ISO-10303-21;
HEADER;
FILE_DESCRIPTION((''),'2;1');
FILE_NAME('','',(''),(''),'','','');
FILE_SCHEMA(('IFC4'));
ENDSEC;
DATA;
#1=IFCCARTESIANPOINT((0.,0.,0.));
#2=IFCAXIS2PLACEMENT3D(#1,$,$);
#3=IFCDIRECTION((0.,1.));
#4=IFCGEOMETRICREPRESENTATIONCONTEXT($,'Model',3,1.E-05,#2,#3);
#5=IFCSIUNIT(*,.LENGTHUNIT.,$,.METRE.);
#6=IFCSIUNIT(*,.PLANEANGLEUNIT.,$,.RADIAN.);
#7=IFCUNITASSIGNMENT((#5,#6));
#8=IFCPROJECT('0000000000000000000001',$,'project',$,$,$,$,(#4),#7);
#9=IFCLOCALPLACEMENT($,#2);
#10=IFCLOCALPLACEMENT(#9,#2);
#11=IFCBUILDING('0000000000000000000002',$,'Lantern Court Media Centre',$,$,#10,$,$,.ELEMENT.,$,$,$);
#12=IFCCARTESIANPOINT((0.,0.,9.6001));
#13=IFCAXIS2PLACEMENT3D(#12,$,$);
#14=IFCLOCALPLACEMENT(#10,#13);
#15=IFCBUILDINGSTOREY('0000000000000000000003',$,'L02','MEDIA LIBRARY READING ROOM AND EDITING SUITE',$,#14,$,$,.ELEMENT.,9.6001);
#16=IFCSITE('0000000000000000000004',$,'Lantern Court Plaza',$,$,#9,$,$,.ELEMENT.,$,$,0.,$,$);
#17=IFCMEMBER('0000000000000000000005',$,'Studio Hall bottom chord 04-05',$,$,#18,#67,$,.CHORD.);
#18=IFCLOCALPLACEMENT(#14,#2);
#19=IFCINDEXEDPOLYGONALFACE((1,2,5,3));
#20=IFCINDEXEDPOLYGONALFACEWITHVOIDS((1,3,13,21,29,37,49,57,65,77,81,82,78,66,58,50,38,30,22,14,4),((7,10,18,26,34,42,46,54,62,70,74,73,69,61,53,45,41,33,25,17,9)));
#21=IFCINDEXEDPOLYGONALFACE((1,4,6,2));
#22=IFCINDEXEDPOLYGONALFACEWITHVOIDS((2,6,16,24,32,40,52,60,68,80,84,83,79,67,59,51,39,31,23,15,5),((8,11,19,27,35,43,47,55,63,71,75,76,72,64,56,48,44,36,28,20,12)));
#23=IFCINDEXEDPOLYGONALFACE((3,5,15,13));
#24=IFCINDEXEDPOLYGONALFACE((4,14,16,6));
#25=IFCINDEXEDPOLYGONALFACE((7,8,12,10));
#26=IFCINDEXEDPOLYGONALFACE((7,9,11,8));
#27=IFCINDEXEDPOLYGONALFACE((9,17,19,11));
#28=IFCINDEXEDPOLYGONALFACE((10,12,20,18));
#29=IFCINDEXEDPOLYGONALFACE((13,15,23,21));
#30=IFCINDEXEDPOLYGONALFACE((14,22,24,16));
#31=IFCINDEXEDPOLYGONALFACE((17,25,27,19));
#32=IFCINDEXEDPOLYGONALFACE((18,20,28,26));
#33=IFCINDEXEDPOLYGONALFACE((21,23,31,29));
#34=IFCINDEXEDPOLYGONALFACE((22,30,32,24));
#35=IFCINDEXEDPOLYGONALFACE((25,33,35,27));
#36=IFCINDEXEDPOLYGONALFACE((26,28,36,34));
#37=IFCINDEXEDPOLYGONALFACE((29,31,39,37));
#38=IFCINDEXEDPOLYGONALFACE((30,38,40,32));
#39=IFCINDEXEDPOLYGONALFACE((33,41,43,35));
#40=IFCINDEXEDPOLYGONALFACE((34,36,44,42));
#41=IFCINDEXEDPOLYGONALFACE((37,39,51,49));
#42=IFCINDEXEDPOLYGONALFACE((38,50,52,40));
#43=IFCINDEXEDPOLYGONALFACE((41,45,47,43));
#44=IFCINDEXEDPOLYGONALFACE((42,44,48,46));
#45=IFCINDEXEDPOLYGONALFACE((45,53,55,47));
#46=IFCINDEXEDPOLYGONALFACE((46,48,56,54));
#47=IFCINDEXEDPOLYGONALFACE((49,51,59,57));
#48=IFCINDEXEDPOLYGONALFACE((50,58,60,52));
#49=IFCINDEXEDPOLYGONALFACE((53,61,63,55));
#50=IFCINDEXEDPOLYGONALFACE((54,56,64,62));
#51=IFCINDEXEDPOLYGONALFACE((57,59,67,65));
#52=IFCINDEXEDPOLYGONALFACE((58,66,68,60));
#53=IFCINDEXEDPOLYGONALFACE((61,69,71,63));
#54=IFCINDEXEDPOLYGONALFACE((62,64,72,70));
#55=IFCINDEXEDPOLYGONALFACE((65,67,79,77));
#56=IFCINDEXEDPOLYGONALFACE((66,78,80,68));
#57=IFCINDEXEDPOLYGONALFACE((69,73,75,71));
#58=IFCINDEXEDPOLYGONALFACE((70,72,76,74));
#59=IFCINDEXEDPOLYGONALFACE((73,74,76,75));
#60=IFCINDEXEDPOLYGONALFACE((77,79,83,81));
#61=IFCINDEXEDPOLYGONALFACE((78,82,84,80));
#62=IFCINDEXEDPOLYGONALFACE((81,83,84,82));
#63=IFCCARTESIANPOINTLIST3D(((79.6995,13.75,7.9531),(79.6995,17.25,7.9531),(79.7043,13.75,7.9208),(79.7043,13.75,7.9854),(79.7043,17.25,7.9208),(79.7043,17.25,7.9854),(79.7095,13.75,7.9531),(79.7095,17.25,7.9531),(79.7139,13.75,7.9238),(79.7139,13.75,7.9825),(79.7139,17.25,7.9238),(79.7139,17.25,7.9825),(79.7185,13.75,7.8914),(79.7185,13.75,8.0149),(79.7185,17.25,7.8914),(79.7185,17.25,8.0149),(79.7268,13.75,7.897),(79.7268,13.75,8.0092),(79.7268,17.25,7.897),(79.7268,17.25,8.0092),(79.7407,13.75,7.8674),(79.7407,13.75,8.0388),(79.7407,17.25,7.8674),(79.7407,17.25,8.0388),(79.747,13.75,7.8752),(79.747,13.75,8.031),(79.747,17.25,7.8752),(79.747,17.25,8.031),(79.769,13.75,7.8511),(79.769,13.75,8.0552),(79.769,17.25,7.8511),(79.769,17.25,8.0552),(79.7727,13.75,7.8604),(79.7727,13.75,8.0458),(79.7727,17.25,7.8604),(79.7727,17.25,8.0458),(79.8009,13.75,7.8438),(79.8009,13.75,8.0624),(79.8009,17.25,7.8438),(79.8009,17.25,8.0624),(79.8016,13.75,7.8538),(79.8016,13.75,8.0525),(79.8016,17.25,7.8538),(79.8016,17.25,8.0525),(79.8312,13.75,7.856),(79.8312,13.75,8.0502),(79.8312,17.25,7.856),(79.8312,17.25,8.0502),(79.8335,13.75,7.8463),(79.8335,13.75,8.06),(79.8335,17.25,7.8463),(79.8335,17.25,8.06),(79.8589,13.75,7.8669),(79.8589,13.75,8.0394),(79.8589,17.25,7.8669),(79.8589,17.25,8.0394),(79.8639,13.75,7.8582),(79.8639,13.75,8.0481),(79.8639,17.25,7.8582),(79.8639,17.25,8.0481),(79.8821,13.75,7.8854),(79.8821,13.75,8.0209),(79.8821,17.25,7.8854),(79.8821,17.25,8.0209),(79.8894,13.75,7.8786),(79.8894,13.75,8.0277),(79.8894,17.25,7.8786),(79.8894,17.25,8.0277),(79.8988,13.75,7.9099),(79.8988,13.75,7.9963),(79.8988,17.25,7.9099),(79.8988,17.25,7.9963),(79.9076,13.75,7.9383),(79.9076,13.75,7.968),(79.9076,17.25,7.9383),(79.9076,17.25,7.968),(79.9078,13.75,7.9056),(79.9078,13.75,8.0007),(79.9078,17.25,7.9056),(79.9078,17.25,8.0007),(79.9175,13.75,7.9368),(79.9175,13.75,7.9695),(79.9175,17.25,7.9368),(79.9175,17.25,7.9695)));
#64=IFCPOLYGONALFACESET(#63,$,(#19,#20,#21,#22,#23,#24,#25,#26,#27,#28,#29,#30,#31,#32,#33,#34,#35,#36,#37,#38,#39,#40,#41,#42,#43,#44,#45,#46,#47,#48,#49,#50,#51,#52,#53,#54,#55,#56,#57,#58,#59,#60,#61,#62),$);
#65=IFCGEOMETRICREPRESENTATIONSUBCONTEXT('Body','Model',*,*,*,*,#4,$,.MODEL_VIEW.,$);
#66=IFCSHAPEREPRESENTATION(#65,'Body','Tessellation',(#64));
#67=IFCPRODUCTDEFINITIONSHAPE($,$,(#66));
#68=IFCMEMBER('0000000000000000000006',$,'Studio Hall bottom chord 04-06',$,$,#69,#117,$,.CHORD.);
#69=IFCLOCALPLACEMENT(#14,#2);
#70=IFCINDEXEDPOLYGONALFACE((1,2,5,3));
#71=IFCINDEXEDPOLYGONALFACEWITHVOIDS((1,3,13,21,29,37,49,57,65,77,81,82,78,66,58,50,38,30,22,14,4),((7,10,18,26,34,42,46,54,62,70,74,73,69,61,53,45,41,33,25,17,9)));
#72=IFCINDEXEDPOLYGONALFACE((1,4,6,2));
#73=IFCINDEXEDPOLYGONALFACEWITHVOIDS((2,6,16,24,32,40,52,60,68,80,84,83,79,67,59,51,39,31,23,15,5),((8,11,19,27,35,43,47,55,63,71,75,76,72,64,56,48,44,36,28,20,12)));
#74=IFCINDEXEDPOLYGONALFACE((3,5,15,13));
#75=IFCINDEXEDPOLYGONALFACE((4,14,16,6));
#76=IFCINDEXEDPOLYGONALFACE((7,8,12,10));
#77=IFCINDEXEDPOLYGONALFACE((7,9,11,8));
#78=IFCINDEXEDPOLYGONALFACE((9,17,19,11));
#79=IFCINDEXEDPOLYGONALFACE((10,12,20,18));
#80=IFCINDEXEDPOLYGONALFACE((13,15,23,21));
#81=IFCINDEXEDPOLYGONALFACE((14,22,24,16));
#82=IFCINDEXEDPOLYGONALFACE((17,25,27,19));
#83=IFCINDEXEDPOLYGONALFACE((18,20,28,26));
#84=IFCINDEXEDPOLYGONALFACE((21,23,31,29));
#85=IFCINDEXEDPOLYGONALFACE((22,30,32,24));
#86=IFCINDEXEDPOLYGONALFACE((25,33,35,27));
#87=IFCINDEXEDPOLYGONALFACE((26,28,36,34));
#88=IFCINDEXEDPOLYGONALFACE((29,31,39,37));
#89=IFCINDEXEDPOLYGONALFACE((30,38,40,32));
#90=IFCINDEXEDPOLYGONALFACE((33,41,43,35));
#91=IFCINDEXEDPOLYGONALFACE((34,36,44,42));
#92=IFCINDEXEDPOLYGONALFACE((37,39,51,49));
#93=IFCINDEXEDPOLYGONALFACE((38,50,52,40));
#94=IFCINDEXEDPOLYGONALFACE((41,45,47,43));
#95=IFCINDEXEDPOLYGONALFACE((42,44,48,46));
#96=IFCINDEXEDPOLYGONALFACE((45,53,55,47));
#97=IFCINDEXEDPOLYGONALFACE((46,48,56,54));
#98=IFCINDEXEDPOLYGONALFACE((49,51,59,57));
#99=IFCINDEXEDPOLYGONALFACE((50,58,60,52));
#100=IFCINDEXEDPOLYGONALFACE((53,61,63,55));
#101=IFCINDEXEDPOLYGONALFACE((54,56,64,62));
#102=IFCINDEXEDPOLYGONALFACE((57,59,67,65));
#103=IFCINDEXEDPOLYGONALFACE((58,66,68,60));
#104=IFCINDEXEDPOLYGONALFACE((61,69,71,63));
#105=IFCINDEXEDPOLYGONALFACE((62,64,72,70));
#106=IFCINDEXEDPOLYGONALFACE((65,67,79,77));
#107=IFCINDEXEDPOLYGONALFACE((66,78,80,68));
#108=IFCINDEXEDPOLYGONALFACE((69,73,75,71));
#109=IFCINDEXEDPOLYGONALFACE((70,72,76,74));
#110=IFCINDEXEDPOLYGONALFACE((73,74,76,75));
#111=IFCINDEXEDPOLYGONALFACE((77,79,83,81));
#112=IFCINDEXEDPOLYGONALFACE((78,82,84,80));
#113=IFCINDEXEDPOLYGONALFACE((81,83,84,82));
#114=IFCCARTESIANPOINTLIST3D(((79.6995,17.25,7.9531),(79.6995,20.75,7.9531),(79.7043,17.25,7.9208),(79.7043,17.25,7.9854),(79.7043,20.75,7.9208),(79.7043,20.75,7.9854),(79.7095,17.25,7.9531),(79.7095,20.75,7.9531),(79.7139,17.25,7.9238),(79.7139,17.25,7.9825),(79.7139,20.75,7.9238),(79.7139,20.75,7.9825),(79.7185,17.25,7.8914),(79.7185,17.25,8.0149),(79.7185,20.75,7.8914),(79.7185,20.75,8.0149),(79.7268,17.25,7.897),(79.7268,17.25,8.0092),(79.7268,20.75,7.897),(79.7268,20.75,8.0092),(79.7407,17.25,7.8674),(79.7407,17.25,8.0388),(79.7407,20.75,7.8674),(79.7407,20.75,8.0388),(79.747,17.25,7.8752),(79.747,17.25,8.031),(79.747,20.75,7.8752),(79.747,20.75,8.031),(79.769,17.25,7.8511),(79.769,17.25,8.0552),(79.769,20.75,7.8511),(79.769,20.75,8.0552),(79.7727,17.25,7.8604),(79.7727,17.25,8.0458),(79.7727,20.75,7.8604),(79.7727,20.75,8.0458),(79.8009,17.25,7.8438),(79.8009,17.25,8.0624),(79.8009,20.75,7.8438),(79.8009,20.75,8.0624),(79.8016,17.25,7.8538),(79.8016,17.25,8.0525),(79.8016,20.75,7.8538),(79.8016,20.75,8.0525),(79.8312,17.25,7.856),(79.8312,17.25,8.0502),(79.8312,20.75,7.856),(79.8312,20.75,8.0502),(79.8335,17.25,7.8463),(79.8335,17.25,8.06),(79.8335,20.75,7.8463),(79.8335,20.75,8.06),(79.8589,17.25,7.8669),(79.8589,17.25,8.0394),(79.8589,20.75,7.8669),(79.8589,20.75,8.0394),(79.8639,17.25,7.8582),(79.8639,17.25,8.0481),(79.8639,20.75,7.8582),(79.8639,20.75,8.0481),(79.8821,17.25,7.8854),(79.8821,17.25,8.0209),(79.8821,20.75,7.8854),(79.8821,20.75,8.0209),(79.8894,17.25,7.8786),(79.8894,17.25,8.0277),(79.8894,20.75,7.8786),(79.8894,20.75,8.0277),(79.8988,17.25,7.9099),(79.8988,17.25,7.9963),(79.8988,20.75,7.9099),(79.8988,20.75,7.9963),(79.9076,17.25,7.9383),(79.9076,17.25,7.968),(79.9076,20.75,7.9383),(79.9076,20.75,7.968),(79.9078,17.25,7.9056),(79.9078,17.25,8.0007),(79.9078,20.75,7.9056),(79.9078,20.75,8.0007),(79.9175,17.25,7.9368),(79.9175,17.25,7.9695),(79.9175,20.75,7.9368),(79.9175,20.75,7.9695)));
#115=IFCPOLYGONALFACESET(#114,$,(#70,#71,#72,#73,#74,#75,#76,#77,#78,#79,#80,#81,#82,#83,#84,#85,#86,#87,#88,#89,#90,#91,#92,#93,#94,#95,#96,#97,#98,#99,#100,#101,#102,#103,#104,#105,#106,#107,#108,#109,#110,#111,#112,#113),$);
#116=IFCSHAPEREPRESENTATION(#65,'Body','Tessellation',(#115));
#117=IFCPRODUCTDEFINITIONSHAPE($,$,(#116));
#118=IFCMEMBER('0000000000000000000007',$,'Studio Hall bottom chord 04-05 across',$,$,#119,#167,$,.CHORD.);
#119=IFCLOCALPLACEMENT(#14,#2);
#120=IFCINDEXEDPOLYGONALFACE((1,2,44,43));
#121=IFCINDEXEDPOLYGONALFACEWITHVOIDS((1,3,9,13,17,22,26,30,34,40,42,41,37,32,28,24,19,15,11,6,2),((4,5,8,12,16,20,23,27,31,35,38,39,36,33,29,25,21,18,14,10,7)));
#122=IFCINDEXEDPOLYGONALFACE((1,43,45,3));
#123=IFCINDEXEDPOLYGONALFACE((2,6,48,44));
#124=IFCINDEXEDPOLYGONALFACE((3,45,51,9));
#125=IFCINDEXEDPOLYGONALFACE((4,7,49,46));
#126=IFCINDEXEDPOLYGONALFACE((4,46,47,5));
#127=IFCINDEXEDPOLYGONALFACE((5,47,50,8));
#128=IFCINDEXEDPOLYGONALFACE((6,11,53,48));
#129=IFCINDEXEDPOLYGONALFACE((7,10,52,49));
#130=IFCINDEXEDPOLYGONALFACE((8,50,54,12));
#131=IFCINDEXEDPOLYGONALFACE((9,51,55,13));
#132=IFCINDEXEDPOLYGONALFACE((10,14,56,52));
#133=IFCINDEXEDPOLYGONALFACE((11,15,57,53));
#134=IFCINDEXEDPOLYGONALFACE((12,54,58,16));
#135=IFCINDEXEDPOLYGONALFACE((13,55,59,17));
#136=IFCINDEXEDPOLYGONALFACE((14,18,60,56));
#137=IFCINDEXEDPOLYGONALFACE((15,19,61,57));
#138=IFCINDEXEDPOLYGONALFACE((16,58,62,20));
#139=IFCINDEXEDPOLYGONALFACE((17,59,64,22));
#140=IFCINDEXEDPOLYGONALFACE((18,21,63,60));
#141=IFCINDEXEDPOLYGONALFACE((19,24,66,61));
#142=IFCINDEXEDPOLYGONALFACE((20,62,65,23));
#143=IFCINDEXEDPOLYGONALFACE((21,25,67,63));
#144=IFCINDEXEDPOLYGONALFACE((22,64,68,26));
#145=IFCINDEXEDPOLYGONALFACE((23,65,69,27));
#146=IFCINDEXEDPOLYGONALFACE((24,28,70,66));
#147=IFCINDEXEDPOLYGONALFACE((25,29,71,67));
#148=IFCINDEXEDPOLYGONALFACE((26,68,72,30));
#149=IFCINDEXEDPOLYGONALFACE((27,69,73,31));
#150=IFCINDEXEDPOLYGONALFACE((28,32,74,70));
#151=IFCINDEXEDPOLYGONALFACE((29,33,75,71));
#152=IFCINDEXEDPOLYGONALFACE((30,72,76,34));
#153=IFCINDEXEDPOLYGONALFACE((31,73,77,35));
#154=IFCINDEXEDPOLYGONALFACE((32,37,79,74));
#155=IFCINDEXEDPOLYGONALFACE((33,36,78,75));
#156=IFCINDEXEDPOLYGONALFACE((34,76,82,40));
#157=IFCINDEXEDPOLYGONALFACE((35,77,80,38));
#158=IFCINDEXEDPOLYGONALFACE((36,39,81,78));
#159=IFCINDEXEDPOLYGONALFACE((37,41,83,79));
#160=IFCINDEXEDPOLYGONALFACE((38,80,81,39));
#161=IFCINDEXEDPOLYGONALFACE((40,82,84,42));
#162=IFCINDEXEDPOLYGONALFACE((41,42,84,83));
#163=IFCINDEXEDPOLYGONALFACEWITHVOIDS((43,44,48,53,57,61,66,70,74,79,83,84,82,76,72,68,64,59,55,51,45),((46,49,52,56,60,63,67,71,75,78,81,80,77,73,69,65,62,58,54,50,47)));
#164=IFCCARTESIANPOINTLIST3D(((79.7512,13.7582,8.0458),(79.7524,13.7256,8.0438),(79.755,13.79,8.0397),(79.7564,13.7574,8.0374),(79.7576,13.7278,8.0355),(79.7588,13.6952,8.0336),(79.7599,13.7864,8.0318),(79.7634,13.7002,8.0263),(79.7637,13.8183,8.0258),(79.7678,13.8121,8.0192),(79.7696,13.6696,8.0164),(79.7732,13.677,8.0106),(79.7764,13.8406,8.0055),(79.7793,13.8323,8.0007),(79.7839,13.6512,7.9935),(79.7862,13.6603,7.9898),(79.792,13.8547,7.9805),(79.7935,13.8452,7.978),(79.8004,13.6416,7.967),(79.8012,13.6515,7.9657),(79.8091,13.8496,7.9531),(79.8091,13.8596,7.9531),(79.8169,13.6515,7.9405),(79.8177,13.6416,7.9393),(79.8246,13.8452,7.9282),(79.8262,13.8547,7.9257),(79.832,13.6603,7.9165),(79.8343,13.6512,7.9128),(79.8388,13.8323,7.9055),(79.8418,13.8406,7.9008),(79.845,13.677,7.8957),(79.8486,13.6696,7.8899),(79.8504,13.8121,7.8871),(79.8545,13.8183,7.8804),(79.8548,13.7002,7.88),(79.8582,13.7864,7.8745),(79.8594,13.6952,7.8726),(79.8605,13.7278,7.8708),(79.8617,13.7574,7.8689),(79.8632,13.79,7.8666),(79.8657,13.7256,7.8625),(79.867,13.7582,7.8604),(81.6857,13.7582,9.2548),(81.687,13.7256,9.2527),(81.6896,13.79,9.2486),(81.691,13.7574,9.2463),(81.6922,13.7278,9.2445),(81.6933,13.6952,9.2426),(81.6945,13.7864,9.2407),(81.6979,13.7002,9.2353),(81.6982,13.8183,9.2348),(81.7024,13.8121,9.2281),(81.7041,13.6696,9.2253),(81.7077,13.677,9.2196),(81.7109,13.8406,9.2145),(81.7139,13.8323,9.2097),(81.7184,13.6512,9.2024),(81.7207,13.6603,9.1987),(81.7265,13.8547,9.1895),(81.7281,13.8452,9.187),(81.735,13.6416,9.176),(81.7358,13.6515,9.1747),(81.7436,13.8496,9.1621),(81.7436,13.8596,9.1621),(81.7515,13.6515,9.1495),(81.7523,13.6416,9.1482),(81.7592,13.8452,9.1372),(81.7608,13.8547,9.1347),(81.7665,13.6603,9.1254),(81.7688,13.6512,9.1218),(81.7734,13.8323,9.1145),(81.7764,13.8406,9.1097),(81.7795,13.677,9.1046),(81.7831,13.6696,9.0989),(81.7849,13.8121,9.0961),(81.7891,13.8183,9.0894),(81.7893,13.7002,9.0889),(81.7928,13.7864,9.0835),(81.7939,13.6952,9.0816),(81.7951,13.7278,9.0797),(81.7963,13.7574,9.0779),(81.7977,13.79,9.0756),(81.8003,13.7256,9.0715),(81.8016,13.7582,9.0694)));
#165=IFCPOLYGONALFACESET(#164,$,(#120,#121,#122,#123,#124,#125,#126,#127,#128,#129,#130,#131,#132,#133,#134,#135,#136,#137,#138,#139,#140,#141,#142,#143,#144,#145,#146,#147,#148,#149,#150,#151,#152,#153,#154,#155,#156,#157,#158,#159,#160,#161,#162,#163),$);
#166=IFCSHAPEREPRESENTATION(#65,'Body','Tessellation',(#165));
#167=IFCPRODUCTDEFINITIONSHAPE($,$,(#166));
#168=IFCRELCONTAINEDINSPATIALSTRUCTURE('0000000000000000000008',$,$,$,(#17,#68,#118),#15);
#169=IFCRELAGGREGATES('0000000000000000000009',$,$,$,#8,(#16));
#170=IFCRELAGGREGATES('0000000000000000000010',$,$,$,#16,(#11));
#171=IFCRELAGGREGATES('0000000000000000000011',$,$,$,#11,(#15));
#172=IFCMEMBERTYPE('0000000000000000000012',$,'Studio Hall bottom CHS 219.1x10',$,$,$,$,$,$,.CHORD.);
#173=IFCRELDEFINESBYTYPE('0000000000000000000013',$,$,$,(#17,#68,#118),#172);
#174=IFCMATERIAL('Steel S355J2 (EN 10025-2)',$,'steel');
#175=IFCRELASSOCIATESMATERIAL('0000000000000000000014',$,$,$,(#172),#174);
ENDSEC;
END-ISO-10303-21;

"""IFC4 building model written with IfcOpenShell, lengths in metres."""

from ifc_helpers import new_model, si_unit, direction, frame, origin, origin_2d, place, context, subcontext, project, spatial, hollow_circle, extrude, material, material_profile, profile_set, type_object, element, save


model = new_model("IFC4")

# Units and contexts
model_context = context("Model", 3, precision=1e-05, world=origin(), true_north=direction((0.0, 1.0)))
body_context = subcontext(model_context, "Body", "Model", "MODEL_VIEW")
ifc_project = project(units=[si_unit("LENGTHUNIT", "METRE"), si_unit("PLANEANGLEUNIT", "RADIAN")], contexts=[model_context])

# Site, building, storey
site_placement = place(None, origin())
site = spatial("IfcSite", under=ifc_project, at=site_placement, Name="Lantern Court Plaza", CompositionType="ELEMENT", RefElevation=0.0)
building_placement = place(site_placement, origin())
building = spatial("IfcBuilding", under=site, at=building_placement, Name="Lantern Court Media Centre", CompositionType="ELEMENT")
storey_placement = place(building_placement, frame((0.0, 0.0, 9.6001)))
storey = spatial("IfcBuildingStorey", under=building, at=storey_placement, Name="L02", Description="MEDIA LIBRARY READING ROOM AND EDITING SUITE", CompositionType="ELEMENT", Elevation=9.6001)

# Members
ifc_material = material(Name="Steel S355J2 (EN 10025-2)", Category="steel")
ifc_material_profile_1 = material_profile(ifc_material, hollow_circle(Radius=0.1096, WallThickness=0.01, at=origin_2d()), Name="Studio Hall bottom CHS 219.1x10")
ifc_profile_set_1 = profile_set([ifc_material_profile_1], Name="Steel S355J2 (EN 10025-2)")
member_type_1 = type_object("IfcMemberType", Name="Studio Hall bottom CHS 219.1x10", PredefinedType="CHORD", material=ifc_profile_set_1)
for number, where, z_axis, x_axis, name in (
    (1, (79.8091, 13.75, 7.9531), (0.0, 1.0, 0.0), (-1.0, 0.0, 0.0), "Studio Hall bottom chord 04-05"),
    (2, (79.8091, 17.25, 7.9531), (0.0, 1.0, 0.0), (-1.0, 0.0, 0.0), "Studio Hall bottom chord 04-06"),
):
    element("IfcMember", number, at=place(storey_placement, frame(where, z_axis=z_axis, x_axis=x_axis)), inside=storey, type_object=member_type_1, Name=name, PredefinedType="CHORD", context=body_context, shape_type="SweptSolid", body=[
        extrude(hollow_circle(Radius=0.1096, WallThickness=0.01, at=origin_2d()), origin(), (0.0, 0.0, 1.0), 3.5),
    ])
for number, where, z_axis, x_axis, name in (
    (3, (79.8091, 13.75, 7.9531), (0.848022, 0.0, 0.52996), (0.0, 1.0, 0.0), "Studio Hall bottom chord 04-05 across"),
):
    element("IfcMember", number, at=place(storey_placement, frame(where, z_axis=z_axis, x_axis=x_axis)), inside=storey, type_object=member_type_1, Name=name, PredefinedType="CHORD", context=body_context, shape_type="SweptSolid", body=[
        extrude(hollow_circle(Radius=0.1096, WallThickness=0.01, at=origin_2d()), origin(), (0.0, 0.0, 1.0), 2.2812),
    ])

save(model, "model.ifc")
